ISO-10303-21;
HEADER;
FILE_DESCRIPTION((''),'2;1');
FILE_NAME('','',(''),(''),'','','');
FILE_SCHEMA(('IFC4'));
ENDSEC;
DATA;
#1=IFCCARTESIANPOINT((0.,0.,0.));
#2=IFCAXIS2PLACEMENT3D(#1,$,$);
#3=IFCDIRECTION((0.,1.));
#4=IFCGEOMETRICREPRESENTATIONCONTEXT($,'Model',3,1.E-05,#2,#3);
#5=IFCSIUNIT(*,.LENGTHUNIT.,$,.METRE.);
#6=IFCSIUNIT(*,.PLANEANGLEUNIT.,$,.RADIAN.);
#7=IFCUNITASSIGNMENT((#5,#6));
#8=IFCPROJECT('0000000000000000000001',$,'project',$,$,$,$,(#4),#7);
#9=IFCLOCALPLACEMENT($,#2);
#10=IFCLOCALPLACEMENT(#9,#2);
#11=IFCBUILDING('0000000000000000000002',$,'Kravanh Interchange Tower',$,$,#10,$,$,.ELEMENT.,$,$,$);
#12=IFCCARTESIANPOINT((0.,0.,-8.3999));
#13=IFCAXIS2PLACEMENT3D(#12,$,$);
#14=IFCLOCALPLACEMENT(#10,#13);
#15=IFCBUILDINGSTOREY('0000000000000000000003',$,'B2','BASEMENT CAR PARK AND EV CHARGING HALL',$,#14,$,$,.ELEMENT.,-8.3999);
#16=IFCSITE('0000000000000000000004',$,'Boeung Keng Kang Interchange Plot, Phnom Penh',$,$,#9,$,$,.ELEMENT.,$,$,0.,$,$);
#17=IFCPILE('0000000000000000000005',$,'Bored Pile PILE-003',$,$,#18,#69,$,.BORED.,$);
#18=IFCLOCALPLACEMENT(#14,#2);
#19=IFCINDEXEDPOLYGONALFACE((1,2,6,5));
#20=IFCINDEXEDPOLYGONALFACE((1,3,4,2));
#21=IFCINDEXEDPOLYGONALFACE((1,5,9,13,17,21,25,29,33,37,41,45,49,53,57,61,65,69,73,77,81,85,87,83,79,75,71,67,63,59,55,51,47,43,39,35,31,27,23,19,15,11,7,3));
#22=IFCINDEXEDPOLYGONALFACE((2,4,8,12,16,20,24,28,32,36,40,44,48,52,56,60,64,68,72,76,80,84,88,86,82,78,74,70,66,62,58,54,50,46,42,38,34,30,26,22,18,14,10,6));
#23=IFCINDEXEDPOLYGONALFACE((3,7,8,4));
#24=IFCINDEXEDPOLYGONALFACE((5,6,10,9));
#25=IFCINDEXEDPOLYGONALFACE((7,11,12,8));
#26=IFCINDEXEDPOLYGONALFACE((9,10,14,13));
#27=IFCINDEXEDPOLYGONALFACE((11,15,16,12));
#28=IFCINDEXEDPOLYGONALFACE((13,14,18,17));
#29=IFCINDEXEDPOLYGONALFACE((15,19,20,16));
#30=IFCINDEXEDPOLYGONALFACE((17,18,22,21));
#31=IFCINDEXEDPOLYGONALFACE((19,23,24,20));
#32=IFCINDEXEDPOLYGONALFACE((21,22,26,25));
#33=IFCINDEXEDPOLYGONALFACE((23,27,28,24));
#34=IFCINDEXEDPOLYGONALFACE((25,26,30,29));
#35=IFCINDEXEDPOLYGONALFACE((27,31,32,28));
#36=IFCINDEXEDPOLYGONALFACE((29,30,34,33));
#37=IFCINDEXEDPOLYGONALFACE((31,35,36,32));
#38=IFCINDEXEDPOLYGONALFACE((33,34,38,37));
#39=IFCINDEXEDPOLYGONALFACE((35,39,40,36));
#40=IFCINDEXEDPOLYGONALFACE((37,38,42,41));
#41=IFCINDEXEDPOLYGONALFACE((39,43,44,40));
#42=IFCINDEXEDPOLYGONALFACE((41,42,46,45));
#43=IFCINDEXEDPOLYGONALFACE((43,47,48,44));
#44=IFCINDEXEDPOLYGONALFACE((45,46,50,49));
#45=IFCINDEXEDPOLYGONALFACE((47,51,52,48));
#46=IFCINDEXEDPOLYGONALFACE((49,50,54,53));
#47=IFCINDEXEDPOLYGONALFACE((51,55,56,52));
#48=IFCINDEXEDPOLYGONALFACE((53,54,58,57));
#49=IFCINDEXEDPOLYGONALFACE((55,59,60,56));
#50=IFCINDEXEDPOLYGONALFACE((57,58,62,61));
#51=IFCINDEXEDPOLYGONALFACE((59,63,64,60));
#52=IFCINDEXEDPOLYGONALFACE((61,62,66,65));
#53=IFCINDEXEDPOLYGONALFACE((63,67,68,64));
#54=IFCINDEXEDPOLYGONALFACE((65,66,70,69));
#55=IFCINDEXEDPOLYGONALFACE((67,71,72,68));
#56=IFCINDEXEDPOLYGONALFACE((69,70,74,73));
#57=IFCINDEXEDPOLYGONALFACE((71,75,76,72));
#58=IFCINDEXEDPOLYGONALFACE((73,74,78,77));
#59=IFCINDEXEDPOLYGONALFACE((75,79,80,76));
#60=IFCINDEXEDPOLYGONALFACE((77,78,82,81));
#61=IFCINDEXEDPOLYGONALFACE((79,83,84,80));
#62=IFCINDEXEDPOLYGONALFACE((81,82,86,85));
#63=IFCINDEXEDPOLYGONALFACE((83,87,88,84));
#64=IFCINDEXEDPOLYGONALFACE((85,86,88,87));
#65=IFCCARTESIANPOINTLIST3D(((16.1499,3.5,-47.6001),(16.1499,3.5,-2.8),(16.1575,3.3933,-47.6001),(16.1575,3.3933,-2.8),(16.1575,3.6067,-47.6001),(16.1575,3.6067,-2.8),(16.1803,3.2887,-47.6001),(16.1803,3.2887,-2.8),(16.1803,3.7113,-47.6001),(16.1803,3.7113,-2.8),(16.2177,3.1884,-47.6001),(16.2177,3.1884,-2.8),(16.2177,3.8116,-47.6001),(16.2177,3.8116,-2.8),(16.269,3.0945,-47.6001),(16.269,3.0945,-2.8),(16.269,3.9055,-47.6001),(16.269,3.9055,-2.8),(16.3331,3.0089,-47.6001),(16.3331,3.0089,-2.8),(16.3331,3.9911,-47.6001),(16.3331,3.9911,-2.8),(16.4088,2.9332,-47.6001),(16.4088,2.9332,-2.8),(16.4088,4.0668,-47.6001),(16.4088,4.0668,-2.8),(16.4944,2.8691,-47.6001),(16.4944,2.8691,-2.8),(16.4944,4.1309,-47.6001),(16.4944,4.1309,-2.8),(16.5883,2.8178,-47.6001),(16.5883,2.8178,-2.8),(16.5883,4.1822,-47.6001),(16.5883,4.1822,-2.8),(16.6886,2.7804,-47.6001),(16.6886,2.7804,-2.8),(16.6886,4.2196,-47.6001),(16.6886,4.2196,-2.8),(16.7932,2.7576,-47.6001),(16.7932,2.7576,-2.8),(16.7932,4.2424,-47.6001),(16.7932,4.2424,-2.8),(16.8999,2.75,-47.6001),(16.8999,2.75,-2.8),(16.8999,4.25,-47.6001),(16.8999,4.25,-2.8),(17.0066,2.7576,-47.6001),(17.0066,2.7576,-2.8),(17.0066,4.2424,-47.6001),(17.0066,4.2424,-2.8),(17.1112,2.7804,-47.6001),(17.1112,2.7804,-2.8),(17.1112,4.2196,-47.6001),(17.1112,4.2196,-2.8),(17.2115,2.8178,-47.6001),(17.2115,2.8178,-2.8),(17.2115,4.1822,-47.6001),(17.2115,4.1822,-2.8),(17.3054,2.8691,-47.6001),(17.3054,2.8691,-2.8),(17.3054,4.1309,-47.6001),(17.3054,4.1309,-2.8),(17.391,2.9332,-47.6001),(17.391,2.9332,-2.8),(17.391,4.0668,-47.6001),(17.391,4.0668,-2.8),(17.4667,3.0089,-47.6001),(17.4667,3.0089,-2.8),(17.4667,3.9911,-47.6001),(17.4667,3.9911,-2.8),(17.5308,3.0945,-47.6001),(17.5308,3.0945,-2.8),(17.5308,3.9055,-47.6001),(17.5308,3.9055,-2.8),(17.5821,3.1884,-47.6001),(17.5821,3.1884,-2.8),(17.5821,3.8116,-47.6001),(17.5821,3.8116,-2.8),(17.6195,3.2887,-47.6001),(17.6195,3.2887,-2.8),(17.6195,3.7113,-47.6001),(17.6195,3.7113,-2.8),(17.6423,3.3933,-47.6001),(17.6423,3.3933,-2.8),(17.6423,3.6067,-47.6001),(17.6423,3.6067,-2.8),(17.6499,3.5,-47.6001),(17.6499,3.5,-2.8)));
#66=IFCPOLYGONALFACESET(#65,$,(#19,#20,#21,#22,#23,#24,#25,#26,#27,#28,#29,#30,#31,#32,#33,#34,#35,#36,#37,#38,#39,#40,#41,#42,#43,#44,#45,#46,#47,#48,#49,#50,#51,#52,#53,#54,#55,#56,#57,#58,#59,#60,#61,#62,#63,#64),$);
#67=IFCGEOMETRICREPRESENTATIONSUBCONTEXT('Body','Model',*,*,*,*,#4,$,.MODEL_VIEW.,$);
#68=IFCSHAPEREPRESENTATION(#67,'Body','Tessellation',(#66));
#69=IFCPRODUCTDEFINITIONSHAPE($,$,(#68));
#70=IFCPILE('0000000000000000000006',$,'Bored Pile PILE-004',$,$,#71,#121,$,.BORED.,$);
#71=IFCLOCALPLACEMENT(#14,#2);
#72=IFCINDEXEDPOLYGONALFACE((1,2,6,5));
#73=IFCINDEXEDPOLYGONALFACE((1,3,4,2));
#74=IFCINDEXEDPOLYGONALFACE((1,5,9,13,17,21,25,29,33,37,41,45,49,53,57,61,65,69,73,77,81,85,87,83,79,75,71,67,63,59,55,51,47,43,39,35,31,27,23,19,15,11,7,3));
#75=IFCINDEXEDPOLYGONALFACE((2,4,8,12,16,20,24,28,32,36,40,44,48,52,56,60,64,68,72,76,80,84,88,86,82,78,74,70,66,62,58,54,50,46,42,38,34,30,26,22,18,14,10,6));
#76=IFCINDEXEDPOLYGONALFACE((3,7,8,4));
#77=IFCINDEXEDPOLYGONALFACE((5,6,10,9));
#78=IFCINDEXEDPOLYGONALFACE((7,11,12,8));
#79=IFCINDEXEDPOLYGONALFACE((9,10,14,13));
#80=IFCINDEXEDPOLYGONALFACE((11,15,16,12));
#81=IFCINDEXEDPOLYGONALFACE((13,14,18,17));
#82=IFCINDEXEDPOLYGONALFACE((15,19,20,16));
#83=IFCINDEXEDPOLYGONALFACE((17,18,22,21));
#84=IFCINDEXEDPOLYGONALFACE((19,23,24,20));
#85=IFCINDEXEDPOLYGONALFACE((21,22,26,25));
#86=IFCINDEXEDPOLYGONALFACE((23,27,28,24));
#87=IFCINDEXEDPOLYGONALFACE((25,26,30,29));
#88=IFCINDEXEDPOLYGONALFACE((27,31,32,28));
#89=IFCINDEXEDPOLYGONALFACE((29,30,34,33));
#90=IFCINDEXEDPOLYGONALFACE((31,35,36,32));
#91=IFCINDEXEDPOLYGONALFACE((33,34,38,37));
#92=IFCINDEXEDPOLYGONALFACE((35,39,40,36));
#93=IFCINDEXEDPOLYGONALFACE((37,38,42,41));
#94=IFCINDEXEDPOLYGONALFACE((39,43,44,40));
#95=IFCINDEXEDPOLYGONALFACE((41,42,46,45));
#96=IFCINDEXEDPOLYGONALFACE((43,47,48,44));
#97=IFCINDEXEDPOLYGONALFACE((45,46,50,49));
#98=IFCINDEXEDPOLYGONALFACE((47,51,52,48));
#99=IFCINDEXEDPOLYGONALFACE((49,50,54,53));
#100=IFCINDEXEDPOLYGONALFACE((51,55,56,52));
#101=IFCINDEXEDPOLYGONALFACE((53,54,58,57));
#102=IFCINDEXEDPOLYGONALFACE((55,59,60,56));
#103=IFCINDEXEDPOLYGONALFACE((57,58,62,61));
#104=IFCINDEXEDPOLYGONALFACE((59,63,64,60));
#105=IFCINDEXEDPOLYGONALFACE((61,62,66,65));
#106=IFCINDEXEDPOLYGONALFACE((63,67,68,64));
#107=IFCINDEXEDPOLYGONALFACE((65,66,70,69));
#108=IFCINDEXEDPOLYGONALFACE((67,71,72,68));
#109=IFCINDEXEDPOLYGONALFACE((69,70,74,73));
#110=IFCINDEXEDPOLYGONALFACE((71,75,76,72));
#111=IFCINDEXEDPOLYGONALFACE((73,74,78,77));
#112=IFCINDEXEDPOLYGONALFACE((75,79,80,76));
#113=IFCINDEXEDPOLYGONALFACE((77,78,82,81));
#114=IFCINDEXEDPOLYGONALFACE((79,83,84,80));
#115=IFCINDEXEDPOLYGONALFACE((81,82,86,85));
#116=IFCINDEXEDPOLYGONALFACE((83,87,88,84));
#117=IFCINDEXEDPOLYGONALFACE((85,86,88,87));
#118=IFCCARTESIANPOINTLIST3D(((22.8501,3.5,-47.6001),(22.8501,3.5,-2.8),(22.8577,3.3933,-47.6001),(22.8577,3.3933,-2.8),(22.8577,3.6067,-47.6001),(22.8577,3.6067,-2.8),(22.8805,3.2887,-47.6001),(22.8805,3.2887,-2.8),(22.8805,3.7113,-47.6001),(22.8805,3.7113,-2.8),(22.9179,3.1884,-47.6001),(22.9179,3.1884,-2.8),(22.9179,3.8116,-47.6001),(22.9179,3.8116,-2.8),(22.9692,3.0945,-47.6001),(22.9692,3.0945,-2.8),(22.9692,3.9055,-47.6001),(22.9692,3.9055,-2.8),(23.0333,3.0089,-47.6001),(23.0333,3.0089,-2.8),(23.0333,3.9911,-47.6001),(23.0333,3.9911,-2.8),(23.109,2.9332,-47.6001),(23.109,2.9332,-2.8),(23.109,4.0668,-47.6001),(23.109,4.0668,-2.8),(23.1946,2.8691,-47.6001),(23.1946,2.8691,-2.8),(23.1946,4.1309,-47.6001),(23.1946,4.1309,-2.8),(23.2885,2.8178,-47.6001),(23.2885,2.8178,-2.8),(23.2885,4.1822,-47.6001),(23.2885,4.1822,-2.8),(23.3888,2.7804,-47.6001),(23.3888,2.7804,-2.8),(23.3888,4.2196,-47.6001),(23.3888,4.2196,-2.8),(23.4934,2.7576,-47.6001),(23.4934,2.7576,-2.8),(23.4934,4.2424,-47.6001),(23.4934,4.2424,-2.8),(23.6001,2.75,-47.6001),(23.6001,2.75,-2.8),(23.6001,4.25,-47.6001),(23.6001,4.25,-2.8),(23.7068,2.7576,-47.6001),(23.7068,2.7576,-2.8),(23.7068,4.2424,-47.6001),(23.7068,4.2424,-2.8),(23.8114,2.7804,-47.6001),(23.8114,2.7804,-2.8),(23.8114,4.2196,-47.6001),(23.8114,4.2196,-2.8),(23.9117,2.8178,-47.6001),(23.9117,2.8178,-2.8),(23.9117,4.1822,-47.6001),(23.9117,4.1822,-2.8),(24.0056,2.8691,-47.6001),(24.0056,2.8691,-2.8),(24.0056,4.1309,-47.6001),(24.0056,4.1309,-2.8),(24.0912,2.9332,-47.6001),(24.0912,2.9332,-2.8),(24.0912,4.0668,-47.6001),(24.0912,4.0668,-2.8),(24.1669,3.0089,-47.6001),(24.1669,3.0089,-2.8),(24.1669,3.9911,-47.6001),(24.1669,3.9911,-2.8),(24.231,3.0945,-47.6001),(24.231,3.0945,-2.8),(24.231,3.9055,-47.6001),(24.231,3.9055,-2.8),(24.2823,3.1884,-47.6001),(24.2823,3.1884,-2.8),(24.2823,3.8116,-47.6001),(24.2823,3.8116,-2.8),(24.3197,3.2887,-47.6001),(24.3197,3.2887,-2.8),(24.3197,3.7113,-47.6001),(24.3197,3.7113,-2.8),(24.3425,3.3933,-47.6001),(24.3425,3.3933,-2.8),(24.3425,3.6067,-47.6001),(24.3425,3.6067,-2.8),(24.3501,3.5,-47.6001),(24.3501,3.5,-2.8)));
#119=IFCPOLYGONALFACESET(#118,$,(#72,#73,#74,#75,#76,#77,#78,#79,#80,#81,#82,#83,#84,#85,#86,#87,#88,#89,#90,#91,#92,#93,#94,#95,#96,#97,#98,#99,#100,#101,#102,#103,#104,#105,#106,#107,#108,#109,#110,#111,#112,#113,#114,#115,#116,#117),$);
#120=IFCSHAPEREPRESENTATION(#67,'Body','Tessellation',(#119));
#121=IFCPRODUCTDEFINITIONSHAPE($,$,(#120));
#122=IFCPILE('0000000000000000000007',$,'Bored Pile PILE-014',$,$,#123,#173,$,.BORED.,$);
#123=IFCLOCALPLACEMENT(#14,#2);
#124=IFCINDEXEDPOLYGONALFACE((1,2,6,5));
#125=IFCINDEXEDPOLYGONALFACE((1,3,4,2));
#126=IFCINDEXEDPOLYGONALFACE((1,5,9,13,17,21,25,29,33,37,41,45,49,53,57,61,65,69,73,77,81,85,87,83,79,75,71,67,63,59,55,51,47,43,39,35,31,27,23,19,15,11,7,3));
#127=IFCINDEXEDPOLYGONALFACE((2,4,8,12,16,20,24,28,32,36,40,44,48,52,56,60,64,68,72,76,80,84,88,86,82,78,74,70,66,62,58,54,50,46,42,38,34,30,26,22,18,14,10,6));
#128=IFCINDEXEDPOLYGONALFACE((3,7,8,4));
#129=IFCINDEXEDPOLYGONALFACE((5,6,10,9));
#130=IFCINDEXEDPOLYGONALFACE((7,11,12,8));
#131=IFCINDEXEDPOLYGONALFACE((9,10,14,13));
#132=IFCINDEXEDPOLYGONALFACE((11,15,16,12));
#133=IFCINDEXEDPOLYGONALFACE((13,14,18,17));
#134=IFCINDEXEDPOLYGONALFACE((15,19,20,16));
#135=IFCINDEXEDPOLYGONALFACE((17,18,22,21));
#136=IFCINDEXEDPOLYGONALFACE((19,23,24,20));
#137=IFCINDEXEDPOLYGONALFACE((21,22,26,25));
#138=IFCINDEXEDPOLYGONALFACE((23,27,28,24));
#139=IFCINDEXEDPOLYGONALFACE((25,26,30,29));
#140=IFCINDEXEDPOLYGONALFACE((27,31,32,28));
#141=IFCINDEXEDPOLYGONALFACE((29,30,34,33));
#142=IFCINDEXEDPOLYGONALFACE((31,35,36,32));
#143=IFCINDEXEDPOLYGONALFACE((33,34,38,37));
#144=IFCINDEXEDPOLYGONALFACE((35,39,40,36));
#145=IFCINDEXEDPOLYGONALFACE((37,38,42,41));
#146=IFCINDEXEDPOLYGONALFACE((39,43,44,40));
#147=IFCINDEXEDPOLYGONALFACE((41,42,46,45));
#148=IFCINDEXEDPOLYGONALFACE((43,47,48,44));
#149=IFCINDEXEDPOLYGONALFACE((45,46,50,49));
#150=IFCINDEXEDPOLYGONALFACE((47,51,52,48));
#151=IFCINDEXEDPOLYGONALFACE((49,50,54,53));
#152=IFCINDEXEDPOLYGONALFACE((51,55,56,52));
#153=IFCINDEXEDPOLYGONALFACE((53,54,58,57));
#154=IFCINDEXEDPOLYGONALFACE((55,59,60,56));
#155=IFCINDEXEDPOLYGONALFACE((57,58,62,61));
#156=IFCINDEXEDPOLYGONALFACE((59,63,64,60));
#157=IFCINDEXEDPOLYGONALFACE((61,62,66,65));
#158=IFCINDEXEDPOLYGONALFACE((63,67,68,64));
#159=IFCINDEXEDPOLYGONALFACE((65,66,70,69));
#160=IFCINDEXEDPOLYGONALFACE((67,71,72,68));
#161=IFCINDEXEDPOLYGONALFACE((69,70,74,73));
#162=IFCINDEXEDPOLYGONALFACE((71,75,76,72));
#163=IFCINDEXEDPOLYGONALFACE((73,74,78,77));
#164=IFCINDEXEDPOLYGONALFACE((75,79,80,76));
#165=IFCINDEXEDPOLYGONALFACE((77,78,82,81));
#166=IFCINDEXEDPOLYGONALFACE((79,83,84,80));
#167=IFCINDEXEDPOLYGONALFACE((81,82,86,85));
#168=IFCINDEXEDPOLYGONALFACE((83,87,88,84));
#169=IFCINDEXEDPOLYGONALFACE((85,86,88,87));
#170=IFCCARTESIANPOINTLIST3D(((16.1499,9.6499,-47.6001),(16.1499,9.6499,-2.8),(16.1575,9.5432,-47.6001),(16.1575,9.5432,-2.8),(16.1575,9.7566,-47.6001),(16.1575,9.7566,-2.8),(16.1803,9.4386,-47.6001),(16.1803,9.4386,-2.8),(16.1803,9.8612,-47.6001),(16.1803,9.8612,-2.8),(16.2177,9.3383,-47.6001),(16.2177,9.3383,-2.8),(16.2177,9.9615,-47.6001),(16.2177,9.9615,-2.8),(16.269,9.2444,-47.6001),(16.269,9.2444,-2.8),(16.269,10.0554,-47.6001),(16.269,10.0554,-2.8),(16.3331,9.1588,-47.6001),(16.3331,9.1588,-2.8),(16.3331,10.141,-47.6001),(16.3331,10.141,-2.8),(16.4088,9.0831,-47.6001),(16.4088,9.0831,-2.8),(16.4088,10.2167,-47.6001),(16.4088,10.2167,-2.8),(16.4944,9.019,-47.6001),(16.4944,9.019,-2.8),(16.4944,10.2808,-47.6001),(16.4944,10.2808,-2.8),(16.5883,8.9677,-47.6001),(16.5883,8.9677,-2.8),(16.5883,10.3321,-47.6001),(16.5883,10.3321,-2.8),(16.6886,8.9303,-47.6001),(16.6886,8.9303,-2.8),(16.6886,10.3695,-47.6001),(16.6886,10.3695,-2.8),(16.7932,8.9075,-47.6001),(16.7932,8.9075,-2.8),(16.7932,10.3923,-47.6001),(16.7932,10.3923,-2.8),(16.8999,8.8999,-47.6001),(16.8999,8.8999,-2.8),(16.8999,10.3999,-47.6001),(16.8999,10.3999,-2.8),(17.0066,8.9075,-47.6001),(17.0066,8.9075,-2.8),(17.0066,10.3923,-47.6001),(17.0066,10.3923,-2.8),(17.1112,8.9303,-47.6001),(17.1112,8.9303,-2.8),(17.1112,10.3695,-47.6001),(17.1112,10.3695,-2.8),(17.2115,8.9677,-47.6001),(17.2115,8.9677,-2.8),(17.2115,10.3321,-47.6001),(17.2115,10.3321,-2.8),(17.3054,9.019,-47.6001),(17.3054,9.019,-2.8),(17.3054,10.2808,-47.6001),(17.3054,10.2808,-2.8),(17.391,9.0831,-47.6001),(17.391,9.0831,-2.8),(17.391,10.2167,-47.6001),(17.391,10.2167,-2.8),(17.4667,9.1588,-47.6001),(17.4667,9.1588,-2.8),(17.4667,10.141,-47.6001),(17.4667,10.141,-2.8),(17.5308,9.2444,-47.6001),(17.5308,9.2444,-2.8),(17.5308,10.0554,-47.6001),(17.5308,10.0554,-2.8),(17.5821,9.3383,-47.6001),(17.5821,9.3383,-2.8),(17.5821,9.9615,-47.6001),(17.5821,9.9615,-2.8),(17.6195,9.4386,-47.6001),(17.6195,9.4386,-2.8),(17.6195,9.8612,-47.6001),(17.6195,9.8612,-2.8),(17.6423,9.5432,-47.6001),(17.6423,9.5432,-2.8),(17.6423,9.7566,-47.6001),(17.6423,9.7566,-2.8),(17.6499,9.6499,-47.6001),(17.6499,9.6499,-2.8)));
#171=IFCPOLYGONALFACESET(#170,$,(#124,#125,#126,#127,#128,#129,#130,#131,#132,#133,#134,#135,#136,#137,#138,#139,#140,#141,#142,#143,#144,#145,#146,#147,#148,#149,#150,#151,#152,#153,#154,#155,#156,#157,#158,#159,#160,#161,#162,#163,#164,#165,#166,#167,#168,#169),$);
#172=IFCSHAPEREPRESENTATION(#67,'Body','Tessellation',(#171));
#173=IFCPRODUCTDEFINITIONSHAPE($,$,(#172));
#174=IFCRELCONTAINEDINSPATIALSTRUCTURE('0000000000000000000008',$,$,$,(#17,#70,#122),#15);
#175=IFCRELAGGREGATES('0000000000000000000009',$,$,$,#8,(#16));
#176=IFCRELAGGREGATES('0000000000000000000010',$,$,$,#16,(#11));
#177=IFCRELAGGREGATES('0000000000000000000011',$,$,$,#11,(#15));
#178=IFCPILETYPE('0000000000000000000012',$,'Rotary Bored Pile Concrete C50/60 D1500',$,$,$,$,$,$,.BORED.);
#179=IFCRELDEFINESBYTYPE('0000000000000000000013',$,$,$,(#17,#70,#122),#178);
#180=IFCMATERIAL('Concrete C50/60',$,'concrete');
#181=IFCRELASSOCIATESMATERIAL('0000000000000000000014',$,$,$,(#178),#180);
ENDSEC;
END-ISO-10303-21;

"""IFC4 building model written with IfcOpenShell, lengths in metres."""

from ifc_helpers import new_model, si_unit, direction, frame, origin, origin_2d, place, context, subcontext, project, spatial, circle, extrude, material, material_profile, profile_set, type_object, element, save


model = new_model("IFC4")

# Units and contexts
model_context = context("Model", 3, precision=1e-05, world=origin(), true_north=direction((0.0, 1.0)))
body_context = subcontext(model_context, "Body", "Model", "MODEL_VIEW")
ifc_project = project(units=[si_unit("LENGTHUNIT", "METRE"), si_unit("PLANEANGLEUNIT", "RADIAN")], contexts=[model_context])

# Site, building, storey
site_placement = place(None, origin())
site = spatial("IfcSite", under=ifc_project, at=site_placement, Name="Boeung Keng Kang Interchange Plot, Phnom Penh", CompositionType="ELEMENT", RefElevation=0.0)
building_placement = place(site_placement, origin())
building = spatial("IfcBuilding", under=site, at=building_placement, Name="Kravanh Interchange Tower", CompositionType="ELEMENT")
storey_placement = place(building_placement, frame((0.0, 0.0, -8.3999)))
storey = spatial("IfcBuildingStorey", under=building, at=storey_placement, Name="B2", Description="BASEMENT CAR PARK AND EV CHARGING HALL", CompositionType="ELEMENT", Elevation=-8.3999)

# Piles
ifc_material_1 = material(Name="Concrete C50/60", Category="concrete")
ifc_material_profile_1 = material_profile(ifc_material_1, circle(Radius=0.75, at=origin_2d()), Name="PILE-D1500")
ifc_profile_set_1 = profile_set([ifc_material_profile_1], Name="Concrete C50/60")
pile_type_1 = type_object("IfcPileType", Name="Rotary Bored Pile Concrete C50/60 D1500", PredefinedType="BORED", material=ifc_profile_set_1)
for number, where, z_axis, x_axis, name in (
    (1, (16.8999, 3.5, -2.8), (0.0, 0.0, -1.0), (1.0, 0.0, 0.0), "Bored Pile PILE-003"),
    (2, (23.6001, 3.5, -2.8), (0.0, 0.0, -1.0), (1.0, 0.0, 0.0), "Bored Pile PILE-004"),
    (3, (16.8999, 9.6499, -2.8), (0.0, 0.0, -1.0), (1.0, 0.0, 0.0), "Bored Pile PILE-014"),
):
    element("IfcPile", number, at=place(storey_placement, frame(where, z_axis=z_axis, x_axis=x_axis)), inside=storey, type_object=pile_type_1, Name=name, PredefinedType="BORED", context=body_context, shape_type="SweptSolid", body=[
        extrude(circle(Radius=0.75, at=origin_2d()), origin(), (0.0, 0.0, 1.0), 44.8),
    ])

save(model, "model.ifc")
